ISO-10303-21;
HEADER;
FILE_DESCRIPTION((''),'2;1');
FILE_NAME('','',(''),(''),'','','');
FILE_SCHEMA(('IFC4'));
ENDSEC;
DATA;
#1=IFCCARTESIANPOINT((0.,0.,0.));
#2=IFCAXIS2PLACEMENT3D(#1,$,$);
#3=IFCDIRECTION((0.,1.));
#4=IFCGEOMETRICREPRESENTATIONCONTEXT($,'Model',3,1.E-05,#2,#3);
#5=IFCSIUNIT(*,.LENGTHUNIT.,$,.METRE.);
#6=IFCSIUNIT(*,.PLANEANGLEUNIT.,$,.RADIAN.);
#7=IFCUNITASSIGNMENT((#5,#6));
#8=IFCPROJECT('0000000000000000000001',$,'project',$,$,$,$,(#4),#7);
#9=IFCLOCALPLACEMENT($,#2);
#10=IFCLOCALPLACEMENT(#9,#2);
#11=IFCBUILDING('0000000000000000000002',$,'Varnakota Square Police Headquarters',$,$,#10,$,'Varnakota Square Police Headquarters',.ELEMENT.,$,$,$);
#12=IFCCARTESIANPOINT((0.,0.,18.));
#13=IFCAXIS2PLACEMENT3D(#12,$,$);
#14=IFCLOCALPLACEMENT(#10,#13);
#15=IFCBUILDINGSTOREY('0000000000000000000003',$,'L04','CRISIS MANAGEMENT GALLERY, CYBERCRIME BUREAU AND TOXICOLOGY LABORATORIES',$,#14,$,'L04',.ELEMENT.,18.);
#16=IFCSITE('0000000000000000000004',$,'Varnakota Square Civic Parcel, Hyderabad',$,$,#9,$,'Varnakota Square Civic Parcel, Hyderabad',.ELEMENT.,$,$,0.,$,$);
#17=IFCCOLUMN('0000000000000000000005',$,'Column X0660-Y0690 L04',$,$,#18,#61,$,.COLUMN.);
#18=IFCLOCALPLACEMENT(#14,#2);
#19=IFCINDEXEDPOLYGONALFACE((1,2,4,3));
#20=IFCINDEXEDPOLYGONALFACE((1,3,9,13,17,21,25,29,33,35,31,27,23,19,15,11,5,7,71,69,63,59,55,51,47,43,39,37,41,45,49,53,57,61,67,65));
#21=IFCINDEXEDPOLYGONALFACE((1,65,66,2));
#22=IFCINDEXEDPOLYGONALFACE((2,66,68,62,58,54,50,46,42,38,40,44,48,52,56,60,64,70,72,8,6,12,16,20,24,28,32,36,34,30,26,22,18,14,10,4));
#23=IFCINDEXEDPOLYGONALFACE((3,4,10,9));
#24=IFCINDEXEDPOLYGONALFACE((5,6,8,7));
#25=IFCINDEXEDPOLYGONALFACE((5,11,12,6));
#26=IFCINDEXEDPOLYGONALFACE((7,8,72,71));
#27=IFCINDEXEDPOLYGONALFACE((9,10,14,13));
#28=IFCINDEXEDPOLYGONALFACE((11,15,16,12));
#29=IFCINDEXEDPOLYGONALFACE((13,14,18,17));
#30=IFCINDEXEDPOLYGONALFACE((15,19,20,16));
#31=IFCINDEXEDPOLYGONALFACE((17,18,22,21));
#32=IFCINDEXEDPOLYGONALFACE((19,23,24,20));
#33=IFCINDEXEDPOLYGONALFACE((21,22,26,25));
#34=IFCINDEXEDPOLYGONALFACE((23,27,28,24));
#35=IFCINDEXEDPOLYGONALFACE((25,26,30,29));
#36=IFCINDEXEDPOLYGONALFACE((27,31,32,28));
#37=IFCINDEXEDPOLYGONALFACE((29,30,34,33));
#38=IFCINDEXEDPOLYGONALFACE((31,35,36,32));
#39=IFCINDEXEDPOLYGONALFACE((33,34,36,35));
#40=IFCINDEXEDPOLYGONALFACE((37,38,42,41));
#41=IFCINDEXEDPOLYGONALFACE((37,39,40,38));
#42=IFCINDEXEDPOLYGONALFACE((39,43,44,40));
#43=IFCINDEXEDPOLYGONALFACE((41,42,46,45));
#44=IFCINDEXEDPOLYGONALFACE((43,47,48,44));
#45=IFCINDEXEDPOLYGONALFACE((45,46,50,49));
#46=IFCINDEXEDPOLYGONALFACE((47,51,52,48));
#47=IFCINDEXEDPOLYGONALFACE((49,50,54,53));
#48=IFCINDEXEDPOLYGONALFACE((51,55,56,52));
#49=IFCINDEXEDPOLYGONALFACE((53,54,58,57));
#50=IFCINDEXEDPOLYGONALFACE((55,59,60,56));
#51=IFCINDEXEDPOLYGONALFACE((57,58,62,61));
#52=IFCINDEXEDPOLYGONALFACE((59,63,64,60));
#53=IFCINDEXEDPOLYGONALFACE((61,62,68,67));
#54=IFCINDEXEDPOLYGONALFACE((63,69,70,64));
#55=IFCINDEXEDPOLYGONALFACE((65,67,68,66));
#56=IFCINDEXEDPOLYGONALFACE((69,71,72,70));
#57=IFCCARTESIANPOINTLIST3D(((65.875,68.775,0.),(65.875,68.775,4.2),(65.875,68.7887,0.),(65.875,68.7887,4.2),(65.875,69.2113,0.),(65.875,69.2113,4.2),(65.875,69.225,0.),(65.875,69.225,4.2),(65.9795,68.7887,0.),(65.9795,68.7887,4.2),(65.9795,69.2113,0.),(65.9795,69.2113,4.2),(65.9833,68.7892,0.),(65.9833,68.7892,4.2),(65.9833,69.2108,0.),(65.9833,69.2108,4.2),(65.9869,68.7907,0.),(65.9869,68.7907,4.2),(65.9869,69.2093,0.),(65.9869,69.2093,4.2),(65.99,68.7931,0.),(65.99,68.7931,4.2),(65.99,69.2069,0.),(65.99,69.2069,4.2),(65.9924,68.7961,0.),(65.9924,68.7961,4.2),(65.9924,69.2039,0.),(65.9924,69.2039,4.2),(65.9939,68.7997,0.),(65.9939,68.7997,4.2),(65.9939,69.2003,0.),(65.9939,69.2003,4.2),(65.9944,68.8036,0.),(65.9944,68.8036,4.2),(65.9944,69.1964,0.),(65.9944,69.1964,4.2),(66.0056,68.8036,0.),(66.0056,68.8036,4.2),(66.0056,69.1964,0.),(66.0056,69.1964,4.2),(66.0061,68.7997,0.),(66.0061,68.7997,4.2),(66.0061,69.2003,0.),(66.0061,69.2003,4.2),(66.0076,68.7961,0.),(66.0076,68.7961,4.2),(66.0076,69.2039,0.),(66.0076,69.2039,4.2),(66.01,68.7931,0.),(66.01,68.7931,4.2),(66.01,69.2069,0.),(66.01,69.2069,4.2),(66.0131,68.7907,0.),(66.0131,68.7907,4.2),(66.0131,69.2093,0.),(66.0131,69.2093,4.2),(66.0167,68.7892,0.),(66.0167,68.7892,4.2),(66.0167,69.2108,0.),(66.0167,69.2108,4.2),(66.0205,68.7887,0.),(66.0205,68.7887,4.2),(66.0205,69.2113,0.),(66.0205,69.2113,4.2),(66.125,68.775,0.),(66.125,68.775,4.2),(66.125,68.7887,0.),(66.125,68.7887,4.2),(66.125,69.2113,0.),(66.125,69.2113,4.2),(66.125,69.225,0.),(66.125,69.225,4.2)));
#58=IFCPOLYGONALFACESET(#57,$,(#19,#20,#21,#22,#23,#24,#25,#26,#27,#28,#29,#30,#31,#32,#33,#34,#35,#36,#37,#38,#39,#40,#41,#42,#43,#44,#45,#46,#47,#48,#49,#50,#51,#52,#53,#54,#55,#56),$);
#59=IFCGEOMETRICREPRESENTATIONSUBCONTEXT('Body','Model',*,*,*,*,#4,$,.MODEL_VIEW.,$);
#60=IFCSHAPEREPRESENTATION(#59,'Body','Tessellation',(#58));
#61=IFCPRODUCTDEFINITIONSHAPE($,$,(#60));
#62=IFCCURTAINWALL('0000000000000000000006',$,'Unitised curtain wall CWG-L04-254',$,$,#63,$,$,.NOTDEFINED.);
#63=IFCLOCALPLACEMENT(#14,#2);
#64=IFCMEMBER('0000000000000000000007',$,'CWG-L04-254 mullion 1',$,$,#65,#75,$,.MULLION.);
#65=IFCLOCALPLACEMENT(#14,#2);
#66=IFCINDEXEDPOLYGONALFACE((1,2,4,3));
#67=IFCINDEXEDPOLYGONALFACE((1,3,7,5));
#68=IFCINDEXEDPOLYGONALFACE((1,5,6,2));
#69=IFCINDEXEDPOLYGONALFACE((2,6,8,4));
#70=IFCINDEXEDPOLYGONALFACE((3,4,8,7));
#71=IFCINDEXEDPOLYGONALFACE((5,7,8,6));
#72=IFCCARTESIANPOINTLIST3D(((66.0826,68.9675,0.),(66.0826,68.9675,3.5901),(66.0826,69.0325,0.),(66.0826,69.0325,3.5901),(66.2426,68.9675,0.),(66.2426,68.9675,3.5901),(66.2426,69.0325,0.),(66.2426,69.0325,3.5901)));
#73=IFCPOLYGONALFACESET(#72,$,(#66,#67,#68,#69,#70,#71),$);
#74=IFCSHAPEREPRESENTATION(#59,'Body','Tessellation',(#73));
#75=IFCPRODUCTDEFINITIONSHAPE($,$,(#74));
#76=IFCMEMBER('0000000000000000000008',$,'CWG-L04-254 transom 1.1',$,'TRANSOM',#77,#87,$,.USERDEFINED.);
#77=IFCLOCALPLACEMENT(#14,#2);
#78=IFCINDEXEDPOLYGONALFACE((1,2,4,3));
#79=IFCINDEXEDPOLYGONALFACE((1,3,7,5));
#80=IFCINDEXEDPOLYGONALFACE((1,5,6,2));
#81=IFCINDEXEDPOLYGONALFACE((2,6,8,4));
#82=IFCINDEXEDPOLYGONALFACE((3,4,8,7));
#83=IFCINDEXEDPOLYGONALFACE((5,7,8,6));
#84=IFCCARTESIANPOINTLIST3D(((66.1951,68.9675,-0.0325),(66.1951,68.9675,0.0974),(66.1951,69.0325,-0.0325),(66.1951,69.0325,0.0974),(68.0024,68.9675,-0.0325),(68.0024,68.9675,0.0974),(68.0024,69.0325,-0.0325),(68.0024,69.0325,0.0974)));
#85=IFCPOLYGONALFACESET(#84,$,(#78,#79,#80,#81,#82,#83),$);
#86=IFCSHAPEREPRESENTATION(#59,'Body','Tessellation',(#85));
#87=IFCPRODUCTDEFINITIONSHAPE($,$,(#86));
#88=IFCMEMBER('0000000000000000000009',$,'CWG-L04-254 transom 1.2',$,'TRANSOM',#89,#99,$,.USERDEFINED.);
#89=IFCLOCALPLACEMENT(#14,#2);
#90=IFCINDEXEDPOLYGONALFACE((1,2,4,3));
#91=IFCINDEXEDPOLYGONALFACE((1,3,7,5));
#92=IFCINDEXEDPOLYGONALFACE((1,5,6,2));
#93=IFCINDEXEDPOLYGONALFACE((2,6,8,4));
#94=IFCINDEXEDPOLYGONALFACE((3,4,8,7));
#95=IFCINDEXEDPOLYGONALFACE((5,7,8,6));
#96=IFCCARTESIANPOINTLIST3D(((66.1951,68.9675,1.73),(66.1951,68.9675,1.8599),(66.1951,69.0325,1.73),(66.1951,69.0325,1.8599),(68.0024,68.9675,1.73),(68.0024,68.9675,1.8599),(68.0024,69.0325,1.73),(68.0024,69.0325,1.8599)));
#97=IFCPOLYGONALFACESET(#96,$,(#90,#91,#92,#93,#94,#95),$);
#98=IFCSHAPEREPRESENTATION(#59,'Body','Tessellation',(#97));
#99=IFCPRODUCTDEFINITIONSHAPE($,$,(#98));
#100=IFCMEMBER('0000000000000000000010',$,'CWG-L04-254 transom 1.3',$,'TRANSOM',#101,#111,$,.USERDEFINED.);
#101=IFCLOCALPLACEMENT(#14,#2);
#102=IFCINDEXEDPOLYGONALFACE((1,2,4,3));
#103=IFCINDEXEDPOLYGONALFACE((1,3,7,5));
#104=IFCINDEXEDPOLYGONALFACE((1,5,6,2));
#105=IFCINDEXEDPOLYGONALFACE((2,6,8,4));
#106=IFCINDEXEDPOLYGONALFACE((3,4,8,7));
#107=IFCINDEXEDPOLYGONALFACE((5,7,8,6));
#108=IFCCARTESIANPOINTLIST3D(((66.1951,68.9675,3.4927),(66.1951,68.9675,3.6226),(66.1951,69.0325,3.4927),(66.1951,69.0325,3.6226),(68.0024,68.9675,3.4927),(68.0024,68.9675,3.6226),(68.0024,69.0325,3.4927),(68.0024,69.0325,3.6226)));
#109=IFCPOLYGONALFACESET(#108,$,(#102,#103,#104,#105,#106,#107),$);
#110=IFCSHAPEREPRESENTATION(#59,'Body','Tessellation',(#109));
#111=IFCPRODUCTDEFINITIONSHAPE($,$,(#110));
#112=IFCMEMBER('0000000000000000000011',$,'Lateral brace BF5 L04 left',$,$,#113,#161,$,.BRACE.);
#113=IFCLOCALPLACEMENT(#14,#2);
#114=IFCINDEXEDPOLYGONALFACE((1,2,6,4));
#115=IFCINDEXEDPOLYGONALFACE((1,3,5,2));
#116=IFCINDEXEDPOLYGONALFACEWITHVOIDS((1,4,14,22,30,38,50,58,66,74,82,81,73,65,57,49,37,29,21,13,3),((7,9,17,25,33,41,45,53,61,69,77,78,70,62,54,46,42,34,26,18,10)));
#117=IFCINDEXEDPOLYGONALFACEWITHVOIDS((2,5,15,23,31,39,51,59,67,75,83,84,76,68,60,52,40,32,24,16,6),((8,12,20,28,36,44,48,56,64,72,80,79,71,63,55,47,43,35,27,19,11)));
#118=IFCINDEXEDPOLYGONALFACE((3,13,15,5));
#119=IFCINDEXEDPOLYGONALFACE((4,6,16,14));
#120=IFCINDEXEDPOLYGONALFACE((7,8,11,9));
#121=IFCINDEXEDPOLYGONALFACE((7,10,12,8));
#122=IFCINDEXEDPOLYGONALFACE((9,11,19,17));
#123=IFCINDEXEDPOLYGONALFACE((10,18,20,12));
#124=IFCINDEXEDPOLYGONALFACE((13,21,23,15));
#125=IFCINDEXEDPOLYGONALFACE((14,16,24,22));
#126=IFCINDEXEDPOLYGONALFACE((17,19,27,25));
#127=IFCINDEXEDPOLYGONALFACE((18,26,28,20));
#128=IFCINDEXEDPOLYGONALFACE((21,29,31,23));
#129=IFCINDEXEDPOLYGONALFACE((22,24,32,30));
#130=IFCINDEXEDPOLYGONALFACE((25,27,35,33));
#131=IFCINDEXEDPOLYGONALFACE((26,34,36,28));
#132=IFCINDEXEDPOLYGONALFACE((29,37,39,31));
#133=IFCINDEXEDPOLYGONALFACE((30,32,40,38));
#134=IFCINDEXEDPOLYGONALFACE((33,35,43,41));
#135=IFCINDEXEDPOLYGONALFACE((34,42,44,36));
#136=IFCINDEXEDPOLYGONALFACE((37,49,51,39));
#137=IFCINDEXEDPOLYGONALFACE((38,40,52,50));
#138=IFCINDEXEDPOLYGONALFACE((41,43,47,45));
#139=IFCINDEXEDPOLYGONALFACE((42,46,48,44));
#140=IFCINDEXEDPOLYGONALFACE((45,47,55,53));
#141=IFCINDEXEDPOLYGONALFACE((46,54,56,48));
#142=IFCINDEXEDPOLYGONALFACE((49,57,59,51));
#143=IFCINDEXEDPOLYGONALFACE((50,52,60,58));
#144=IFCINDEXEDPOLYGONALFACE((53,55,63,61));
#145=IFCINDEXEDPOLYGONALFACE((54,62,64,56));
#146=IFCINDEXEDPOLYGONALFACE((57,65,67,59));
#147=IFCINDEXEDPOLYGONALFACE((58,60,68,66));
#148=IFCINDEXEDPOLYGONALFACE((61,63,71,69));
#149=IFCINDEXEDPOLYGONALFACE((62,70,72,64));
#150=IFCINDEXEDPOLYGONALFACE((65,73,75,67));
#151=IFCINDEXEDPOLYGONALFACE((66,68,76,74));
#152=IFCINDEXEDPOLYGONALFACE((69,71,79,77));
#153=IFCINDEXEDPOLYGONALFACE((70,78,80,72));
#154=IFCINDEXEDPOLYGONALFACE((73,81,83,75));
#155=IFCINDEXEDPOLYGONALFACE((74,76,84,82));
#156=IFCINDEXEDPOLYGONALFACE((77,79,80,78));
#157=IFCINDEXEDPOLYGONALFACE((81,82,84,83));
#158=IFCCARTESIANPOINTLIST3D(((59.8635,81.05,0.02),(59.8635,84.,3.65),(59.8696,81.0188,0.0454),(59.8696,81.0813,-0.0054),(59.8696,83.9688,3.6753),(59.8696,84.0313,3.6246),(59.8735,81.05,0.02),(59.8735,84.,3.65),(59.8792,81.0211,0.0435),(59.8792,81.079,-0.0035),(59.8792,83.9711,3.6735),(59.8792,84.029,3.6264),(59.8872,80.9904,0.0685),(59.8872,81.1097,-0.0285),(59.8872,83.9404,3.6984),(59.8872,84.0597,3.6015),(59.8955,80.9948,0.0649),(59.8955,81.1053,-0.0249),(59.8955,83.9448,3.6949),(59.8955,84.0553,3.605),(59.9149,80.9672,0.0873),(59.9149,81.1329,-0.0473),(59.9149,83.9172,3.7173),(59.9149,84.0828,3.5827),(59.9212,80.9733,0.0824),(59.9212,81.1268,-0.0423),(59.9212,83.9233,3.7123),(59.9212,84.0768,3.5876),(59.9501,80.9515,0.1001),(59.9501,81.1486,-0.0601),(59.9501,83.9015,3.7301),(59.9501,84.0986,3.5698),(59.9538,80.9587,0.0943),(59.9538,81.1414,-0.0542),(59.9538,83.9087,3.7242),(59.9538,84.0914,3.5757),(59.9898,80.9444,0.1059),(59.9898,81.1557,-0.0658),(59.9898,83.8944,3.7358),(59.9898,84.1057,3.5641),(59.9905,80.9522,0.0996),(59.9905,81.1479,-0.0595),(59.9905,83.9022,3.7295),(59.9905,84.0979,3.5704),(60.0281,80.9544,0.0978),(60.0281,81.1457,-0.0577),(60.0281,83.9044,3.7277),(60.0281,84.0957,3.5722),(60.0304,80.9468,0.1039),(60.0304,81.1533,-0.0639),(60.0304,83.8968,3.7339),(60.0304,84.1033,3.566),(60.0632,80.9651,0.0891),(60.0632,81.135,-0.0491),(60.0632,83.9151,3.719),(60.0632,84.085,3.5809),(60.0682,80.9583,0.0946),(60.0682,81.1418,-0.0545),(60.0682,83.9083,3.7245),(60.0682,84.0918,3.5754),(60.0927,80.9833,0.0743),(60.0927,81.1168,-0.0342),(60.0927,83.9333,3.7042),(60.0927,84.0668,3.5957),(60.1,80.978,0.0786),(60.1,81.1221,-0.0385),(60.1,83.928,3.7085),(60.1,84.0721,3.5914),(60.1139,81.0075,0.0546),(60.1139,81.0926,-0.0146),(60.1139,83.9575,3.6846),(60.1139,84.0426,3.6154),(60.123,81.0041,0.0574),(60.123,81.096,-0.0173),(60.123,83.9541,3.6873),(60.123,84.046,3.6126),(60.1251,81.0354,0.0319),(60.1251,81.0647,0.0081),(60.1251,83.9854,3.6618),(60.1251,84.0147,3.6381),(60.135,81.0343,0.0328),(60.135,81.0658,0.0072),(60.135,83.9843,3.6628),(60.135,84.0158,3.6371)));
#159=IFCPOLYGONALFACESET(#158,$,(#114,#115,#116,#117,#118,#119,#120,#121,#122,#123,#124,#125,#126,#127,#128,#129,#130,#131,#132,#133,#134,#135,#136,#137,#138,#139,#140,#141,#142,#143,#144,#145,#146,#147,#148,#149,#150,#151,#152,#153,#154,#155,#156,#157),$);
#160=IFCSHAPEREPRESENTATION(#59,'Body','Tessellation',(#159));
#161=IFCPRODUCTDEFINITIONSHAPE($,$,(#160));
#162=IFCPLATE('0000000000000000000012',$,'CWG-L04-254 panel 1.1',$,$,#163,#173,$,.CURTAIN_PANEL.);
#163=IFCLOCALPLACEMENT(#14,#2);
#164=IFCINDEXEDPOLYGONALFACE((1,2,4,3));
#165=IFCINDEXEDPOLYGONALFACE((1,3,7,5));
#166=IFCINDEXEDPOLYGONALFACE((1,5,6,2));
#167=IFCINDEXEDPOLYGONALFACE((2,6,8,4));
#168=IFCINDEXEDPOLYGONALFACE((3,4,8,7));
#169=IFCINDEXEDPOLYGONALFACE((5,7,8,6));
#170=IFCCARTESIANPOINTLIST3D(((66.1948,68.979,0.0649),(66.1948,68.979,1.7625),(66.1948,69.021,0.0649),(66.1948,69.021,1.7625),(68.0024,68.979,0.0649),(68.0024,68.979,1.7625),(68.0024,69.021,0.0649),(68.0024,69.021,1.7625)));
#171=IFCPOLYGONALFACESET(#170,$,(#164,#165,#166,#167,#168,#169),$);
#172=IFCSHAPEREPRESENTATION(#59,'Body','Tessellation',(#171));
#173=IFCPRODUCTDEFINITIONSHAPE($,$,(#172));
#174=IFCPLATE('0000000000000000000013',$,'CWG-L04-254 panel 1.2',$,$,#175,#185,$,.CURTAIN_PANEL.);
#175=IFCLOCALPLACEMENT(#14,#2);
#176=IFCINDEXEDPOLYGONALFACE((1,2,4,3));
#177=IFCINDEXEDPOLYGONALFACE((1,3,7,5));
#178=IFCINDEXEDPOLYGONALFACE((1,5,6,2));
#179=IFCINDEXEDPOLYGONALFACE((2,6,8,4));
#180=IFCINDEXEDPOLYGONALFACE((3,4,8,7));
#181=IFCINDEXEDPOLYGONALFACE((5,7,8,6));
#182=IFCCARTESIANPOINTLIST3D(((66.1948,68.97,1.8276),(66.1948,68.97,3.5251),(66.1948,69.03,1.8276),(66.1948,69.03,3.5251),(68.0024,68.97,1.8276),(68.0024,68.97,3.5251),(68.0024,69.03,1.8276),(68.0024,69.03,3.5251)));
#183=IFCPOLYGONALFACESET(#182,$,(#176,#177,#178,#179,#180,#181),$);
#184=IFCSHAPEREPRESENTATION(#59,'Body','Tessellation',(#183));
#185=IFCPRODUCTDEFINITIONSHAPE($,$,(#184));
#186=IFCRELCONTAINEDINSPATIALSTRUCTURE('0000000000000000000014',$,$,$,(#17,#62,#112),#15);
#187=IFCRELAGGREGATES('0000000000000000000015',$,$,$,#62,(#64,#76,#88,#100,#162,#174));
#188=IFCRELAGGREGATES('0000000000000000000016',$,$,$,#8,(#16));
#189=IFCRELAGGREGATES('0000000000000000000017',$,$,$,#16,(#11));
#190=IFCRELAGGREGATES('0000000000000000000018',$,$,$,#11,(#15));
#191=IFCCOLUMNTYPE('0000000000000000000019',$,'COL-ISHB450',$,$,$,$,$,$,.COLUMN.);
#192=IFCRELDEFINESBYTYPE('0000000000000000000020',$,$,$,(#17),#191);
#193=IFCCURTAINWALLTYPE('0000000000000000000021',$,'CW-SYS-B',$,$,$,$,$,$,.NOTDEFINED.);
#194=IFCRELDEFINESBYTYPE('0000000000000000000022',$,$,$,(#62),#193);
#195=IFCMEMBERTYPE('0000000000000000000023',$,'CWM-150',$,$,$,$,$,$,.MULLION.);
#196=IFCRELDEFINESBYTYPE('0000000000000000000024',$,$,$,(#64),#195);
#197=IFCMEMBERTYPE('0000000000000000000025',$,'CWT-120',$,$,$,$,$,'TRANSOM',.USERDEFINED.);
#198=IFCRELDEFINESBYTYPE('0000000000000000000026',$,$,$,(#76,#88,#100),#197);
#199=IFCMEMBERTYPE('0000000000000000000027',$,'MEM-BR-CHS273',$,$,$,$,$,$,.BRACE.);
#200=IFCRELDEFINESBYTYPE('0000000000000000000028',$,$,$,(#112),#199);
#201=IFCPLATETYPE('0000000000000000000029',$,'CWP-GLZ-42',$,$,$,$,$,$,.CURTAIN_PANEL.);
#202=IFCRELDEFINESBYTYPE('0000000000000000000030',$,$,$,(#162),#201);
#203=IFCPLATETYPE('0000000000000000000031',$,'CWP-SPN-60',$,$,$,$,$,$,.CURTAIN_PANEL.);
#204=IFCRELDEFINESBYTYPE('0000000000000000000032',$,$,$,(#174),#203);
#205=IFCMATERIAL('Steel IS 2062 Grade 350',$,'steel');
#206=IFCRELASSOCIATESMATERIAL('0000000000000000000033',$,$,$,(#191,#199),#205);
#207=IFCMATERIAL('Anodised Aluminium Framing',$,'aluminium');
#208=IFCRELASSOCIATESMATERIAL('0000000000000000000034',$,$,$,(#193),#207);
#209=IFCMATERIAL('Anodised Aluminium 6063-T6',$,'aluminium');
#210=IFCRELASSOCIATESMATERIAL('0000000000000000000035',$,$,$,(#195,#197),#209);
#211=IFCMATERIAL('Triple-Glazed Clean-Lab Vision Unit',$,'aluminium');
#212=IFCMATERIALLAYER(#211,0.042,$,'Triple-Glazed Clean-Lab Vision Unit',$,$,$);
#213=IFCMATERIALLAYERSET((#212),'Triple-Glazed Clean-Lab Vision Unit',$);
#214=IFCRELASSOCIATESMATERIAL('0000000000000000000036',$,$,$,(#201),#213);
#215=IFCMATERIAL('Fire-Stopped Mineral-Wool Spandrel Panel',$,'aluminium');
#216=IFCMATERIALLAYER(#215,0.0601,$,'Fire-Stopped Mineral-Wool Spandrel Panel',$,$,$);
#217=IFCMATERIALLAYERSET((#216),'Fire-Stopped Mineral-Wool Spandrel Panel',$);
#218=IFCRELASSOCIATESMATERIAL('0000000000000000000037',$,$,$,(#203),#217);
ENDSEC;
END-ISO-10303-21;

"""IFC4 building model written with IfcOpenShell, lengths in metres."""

from ifc_helpers import new_model, si_unit, direction, frame, origin, origin_2d, place, context, subcontext, project, spatial, rectangle, hollow_circle, i_section, extrude, material, layer, layer_set, material_profile, profile_set, type_object, element, aggregate, save


model = new_model("IFC4")

# Units and contexts
model_context = context("Model", 3, precision=1e-05, world=origin(), true_north=direction((0.0, 1.0)))
body_context = subcontext(model_context, "Body", "Model", "MODEL_VIEW")
ifc_project = project(units=[si_unit("LENGTHUNIT", "METRE"), si_unit("PLANEANGLEUNIT", "RADIAN")], contexts=[model_context])

# Site, building, storey
site_placement = place(None, origin())
site = spatial("IfcSite", under=ifc_project, at=site_placement, Name="Varnakota Square Civic Parcel, Hyderabad", LongName="Varnakota Square Civic Parcel, Hyderabad", CompositionType="ELEMENT", RefElevation=0.0)
building_placement = place(site_placement, origin())
building = spatial("IfcBuilding", under=site, at=building_placement, Name="Varnakota Square Police Headquarters", LongName="Varnakota Square Police Headquarters", CompositionType="ELEMENT")
storey_placement = place(building_placement, frame((0.0, 0.0, 18.0)))
storey = spatial("IfcBuildingStorey", under=building, at=storey_placement, Name="L04", Description="CRISIS MANAGEMENT GALLERY, CYBERCRIME BUREAU AND TOXICOLOGY LABORATORIES", LongName="L04", CompositionType="ELEMENT", Elevation=18.0)

# Column
ifc_material_1 = material(Name="Steel IS 2062 Grade 350", Category="steel")
ifc_material_profile_1 = material_profile(ifc_material_1, i_section(OverallWidth=0.25, OverallDepth=0.45, WebThickness=0.0112, FlangeThickness=0.0137, FilletRadius=0.0149, at=origin_2d()), Name="ISHB 450")
ifc_profile_set_1 = profile_set([ifc_material_profile_1], Name="Steel IS 2062 Grade 350")
column_type = type_object("IfcColumnType", Name="COL-ISHB450", PredefinedType="COLUMN", material=ifc_profile_set_1)
column_placement = place(storey_placement, frame((66.0, 69.0, 0.0), z_axis=(0.0, 0.0, 1.0), x_axis=(1.0, 0.0, 0.0)))
element("IfcColumn", 1, at=column_placement, inside=storey, type_object=column_type, Name="Column X0660-Y0690 L04", PredefinedType="COLUMN", context=body_context, shape_type="SweptSolid", body=[
    extrude(i_section(OverallWidth=0.25, OverallDepth=0.45, WebThickness=0.0112, FlangeThickness=0.0137, FilletRadius=0.0149, at=origin_2d()), origin(), (0.0, 0.0, 1.0), 4.2),
])

# Curtain wall, members
ifc_material_2 = material(Name="Anodised Aluminium Framing", Category="aluminium")
curtain_wall_type = type_object("IfcCurtainWallType", Name="CW-SYS-B", PredefinedType="NOTDEFINED", material=ifc_material_2)
curtain_wall_placement = place(storey_placement, origin())
curtain_wall = element("IfcCurtainWall", 2, at=curtain_wall_placement, inside=storey, type_object=curtain_wall_type, Name="Unitised curtain wall CWG-L04-254", PredefinedType="NOTDEFINED")
ifc_material_3 = material(Name="Anodised Aluminium 6063-T6", Category="aluminium")
ifc_material_profile_2 = material_profile(ifc_material_3, rectangle(XDim=0.0649, YDim=0.1599, at=origin_2d()), Name="ALU MULLION 65x160")
ifc_profile_set_2 = profile_set([ifc_material_profile_2], Name="Anodised Aluminium 6063-T6")
member_type_1 = type_object("IfcMemberType", Name="CWM-150", PredefinedType="MULLION", material=ifc_profile_set_2)
member_1_placement = place(storey_placement, frame((66.1626, 69.0, 0.0), z_axis=(0.0, 0.0, 1.0), x_axis=(0.0, 1.0, 0.0)))
member_1 = element("IfcMember", 3, at=member_1_placement, type_object=member_type_1, Name="CWG-L04-254 mullion 1", PredefinedType="MULLION", context=body_context, shape_type="SweptSolid", body=[
    extrude(rectangle(XDim=0.0649, YDim=0.1599, at=origin_2d()), origin(), (0.0, 0.0, 1.0), 3.5901),
])
ifc_material_profile_3 = material_profile(ifc_material_3, rectangle(XDim=0.0649, YDim=0.1299, at=origin_2d()), Name="ALU TRANSOM 65x130")
ifc_profile_set_3 = profile_set([ifc_material_profile_3], Name="Anodised Aluminium 6063-T6")
member_type_2 = type_object("IfcMemberType", Name="CWT-120", ElementType="TRANSOM", PredefinedType="USERDEFINED", material=ifc_profile_set_3)
member_2_placement = place(storey_placement, frame((66.1951, 69.0, 0.0325), z_axis=(1.0, 0.0, 0.0), x_axis=(0.0, 1.0, 0.0)))
member_2 = element("IfcMember", 4, at=member_2_placement, type_object=member_type_2, Name="CWG-L04-254 transom 1.1", ObjectType="TRANSOM", PredefinedType="USERDEFINED", context=body_context, shape_type="SweptSolid", body=[
    extrude(rectangle(XDim=0.0649, YDim=0.1299, at=origin_2d()), origin(), (0.0, 0.0, 1.0), 1.8074),
])
member_3_placement = place(storey_placement, frame((66.1951, 69.0, 1.7949), z_axis=(1.0, 0.0, 0.0), x_axis=(0.0, 1.0, 0.0)))
member_3 = element("IfcMember", 5, at=member_3_placement, type_object=member_type_2, Name="CWG-L04-254 transom 1.2", ObjectType="TRANSOM", PredefinedType="USERDEFINED", context=body_context, shape_type="SweptSolid", body=[
    extrude(rectangle(XDim=0.0649, YDim=0.1299, at=origin_2d()), origin(), (0.0, 0.0, 1.0), 1.8074),
])
member_4_placement = place(storey_placement, frame((66.1951, 69.0, 3.5576), z_axis=(1.0, 0.0, 0.0), x_axis=(0.0, 1.0, 0.0)))
member_4 = element("IfcMember", 6, at=member_4_placement, type_object=member_type_2, Name="CWG-L04-254 transom 1.3", ObjectType="TRANSOM", PredefinedType="USERDEFINED", context=body_context, shape_type="SweptSolid", body=[
    extrude(rectangle(XDim=0.0649, YDim=0.1299, at=origin_2d()), origin(), (0.0, 0.0, 1.0), 1.8074),
])

# Member
ifc_material_profile_4 = material_profile(ifc_material_1, hollow_circle(Radius=0.1365, WallThickness=0.01, at=origin_2d()), Name="CHS 273.0x10.0")
ifc_profile_set_4 = profile_set([ifc_material_profile_4], Name="Steel IS 2062 Grade 350")
member_type_3 = type_object("IfcMemberType", Name="MEM-BR-CHS273", PredefinedType="BRACE", material=ifc_profile_set_4)
member_5_placement = place(storey_placement, frame((60.0, 81.05, 0.02), z_axis=(0.0, 0.630679, 0.776044), x_axis=(-1.0, 0.0, 0.0)))
element("IfcMember", 7, at=member_5_placement, inside=storey, type_object=member_type_3, Name="Lateral brace BF5 L04 left", PredefinedType="BRACE", context=body_context, shape_type="SweptSolid", body=[
    extrude(hollow_circle(Radius=0.1365, WallThickness=0.01, at=origin_2d()), origin(), (0.0, 0.0, 1.0), 4.6775),
])

# Plates
ifc_material_4 = material(Name="Triple-Glazed Clean-Lab Vision Unit", Category="aluminium")
ifc_layer_1 = layer(ifc_material_4, 0.042, Name="Triple-Glazed Clean-Lab Vision Unit")
ifc_layer_set_1 = layer_set([ifc_layer_1], Name="Triple-Glazed Clean-Lab Vision Unit")
plate_type_1 = type_object("IfcPlateType", Name="CWP-GLZ-42", PredefinedType="CURTAIN_PANEL", material=ifc_layer_set_1)
plate_1_placement = place(storey_placement, frame((67.0986, 69.0, 0.0649), z_axis=(0.0, 0.0, 1.0), x_axis=(1.0, 0.0, 0.0)))
plate_1 = element("IfcPlate", 8, at=plate_1_placement, type_object=plate_type_1, Name="CWG-L04-254 panel 1.1", PredefinedType="CURTAIN_PANEL", context=body_context, shape_type="SweptSolid", body=[
    extrude(rectangle(XDim=1.8076, YDim=0.042, at=origin_2d()), origin(), (0.0, 0.0, 1.0), 1.6975),
])
ifc_material_5 = material(Name="Fire-Stopped Mineral-Wool Spandrel Panel", Category="aluminium")
ifc_layer_2 = layer(ifc_material_5, 0.0601, Name="Fire-Stopped Mineral-Wool Spandrel Panel")
ifc_layer_set_2 = layer_set([ifc_layer_2], Name="Fire-Stopped Mineral-Wool Spandrel Panel")
plate_type_2 = type_object("IfcPlateType", Name="CWP-SPN-60", PredefinedType="CURTAIN_PANEL", material=ifc_layer_set_2)
plate_2_placement = place(storey_placement, frame((67.0986, 69.0, 1.8276), z_axis=(0.0, 0.0, 1.0), x_axis=(1.0, 0.0, 0.0)))
plate_2 = element("IfcPlate", 9, at=plate_2_placement, type_object=plate_type_2, Name="CWG-L04-254 panel 1.2", PredefinedType="CURTAIN_PANEL", context=body_context, shape_type="SweptSolid", body=[
    extrude(rectangle(XDim=1.8076, YDim=0.0601, at=origin_2d()), origin(), (0.0, 0.0, 1.0), 1.6975),
])
aggregate(curtain_wall, [member_1, member_2, member_3, member_4, plate_1, plate_2])

save(model, "model.ifc")
